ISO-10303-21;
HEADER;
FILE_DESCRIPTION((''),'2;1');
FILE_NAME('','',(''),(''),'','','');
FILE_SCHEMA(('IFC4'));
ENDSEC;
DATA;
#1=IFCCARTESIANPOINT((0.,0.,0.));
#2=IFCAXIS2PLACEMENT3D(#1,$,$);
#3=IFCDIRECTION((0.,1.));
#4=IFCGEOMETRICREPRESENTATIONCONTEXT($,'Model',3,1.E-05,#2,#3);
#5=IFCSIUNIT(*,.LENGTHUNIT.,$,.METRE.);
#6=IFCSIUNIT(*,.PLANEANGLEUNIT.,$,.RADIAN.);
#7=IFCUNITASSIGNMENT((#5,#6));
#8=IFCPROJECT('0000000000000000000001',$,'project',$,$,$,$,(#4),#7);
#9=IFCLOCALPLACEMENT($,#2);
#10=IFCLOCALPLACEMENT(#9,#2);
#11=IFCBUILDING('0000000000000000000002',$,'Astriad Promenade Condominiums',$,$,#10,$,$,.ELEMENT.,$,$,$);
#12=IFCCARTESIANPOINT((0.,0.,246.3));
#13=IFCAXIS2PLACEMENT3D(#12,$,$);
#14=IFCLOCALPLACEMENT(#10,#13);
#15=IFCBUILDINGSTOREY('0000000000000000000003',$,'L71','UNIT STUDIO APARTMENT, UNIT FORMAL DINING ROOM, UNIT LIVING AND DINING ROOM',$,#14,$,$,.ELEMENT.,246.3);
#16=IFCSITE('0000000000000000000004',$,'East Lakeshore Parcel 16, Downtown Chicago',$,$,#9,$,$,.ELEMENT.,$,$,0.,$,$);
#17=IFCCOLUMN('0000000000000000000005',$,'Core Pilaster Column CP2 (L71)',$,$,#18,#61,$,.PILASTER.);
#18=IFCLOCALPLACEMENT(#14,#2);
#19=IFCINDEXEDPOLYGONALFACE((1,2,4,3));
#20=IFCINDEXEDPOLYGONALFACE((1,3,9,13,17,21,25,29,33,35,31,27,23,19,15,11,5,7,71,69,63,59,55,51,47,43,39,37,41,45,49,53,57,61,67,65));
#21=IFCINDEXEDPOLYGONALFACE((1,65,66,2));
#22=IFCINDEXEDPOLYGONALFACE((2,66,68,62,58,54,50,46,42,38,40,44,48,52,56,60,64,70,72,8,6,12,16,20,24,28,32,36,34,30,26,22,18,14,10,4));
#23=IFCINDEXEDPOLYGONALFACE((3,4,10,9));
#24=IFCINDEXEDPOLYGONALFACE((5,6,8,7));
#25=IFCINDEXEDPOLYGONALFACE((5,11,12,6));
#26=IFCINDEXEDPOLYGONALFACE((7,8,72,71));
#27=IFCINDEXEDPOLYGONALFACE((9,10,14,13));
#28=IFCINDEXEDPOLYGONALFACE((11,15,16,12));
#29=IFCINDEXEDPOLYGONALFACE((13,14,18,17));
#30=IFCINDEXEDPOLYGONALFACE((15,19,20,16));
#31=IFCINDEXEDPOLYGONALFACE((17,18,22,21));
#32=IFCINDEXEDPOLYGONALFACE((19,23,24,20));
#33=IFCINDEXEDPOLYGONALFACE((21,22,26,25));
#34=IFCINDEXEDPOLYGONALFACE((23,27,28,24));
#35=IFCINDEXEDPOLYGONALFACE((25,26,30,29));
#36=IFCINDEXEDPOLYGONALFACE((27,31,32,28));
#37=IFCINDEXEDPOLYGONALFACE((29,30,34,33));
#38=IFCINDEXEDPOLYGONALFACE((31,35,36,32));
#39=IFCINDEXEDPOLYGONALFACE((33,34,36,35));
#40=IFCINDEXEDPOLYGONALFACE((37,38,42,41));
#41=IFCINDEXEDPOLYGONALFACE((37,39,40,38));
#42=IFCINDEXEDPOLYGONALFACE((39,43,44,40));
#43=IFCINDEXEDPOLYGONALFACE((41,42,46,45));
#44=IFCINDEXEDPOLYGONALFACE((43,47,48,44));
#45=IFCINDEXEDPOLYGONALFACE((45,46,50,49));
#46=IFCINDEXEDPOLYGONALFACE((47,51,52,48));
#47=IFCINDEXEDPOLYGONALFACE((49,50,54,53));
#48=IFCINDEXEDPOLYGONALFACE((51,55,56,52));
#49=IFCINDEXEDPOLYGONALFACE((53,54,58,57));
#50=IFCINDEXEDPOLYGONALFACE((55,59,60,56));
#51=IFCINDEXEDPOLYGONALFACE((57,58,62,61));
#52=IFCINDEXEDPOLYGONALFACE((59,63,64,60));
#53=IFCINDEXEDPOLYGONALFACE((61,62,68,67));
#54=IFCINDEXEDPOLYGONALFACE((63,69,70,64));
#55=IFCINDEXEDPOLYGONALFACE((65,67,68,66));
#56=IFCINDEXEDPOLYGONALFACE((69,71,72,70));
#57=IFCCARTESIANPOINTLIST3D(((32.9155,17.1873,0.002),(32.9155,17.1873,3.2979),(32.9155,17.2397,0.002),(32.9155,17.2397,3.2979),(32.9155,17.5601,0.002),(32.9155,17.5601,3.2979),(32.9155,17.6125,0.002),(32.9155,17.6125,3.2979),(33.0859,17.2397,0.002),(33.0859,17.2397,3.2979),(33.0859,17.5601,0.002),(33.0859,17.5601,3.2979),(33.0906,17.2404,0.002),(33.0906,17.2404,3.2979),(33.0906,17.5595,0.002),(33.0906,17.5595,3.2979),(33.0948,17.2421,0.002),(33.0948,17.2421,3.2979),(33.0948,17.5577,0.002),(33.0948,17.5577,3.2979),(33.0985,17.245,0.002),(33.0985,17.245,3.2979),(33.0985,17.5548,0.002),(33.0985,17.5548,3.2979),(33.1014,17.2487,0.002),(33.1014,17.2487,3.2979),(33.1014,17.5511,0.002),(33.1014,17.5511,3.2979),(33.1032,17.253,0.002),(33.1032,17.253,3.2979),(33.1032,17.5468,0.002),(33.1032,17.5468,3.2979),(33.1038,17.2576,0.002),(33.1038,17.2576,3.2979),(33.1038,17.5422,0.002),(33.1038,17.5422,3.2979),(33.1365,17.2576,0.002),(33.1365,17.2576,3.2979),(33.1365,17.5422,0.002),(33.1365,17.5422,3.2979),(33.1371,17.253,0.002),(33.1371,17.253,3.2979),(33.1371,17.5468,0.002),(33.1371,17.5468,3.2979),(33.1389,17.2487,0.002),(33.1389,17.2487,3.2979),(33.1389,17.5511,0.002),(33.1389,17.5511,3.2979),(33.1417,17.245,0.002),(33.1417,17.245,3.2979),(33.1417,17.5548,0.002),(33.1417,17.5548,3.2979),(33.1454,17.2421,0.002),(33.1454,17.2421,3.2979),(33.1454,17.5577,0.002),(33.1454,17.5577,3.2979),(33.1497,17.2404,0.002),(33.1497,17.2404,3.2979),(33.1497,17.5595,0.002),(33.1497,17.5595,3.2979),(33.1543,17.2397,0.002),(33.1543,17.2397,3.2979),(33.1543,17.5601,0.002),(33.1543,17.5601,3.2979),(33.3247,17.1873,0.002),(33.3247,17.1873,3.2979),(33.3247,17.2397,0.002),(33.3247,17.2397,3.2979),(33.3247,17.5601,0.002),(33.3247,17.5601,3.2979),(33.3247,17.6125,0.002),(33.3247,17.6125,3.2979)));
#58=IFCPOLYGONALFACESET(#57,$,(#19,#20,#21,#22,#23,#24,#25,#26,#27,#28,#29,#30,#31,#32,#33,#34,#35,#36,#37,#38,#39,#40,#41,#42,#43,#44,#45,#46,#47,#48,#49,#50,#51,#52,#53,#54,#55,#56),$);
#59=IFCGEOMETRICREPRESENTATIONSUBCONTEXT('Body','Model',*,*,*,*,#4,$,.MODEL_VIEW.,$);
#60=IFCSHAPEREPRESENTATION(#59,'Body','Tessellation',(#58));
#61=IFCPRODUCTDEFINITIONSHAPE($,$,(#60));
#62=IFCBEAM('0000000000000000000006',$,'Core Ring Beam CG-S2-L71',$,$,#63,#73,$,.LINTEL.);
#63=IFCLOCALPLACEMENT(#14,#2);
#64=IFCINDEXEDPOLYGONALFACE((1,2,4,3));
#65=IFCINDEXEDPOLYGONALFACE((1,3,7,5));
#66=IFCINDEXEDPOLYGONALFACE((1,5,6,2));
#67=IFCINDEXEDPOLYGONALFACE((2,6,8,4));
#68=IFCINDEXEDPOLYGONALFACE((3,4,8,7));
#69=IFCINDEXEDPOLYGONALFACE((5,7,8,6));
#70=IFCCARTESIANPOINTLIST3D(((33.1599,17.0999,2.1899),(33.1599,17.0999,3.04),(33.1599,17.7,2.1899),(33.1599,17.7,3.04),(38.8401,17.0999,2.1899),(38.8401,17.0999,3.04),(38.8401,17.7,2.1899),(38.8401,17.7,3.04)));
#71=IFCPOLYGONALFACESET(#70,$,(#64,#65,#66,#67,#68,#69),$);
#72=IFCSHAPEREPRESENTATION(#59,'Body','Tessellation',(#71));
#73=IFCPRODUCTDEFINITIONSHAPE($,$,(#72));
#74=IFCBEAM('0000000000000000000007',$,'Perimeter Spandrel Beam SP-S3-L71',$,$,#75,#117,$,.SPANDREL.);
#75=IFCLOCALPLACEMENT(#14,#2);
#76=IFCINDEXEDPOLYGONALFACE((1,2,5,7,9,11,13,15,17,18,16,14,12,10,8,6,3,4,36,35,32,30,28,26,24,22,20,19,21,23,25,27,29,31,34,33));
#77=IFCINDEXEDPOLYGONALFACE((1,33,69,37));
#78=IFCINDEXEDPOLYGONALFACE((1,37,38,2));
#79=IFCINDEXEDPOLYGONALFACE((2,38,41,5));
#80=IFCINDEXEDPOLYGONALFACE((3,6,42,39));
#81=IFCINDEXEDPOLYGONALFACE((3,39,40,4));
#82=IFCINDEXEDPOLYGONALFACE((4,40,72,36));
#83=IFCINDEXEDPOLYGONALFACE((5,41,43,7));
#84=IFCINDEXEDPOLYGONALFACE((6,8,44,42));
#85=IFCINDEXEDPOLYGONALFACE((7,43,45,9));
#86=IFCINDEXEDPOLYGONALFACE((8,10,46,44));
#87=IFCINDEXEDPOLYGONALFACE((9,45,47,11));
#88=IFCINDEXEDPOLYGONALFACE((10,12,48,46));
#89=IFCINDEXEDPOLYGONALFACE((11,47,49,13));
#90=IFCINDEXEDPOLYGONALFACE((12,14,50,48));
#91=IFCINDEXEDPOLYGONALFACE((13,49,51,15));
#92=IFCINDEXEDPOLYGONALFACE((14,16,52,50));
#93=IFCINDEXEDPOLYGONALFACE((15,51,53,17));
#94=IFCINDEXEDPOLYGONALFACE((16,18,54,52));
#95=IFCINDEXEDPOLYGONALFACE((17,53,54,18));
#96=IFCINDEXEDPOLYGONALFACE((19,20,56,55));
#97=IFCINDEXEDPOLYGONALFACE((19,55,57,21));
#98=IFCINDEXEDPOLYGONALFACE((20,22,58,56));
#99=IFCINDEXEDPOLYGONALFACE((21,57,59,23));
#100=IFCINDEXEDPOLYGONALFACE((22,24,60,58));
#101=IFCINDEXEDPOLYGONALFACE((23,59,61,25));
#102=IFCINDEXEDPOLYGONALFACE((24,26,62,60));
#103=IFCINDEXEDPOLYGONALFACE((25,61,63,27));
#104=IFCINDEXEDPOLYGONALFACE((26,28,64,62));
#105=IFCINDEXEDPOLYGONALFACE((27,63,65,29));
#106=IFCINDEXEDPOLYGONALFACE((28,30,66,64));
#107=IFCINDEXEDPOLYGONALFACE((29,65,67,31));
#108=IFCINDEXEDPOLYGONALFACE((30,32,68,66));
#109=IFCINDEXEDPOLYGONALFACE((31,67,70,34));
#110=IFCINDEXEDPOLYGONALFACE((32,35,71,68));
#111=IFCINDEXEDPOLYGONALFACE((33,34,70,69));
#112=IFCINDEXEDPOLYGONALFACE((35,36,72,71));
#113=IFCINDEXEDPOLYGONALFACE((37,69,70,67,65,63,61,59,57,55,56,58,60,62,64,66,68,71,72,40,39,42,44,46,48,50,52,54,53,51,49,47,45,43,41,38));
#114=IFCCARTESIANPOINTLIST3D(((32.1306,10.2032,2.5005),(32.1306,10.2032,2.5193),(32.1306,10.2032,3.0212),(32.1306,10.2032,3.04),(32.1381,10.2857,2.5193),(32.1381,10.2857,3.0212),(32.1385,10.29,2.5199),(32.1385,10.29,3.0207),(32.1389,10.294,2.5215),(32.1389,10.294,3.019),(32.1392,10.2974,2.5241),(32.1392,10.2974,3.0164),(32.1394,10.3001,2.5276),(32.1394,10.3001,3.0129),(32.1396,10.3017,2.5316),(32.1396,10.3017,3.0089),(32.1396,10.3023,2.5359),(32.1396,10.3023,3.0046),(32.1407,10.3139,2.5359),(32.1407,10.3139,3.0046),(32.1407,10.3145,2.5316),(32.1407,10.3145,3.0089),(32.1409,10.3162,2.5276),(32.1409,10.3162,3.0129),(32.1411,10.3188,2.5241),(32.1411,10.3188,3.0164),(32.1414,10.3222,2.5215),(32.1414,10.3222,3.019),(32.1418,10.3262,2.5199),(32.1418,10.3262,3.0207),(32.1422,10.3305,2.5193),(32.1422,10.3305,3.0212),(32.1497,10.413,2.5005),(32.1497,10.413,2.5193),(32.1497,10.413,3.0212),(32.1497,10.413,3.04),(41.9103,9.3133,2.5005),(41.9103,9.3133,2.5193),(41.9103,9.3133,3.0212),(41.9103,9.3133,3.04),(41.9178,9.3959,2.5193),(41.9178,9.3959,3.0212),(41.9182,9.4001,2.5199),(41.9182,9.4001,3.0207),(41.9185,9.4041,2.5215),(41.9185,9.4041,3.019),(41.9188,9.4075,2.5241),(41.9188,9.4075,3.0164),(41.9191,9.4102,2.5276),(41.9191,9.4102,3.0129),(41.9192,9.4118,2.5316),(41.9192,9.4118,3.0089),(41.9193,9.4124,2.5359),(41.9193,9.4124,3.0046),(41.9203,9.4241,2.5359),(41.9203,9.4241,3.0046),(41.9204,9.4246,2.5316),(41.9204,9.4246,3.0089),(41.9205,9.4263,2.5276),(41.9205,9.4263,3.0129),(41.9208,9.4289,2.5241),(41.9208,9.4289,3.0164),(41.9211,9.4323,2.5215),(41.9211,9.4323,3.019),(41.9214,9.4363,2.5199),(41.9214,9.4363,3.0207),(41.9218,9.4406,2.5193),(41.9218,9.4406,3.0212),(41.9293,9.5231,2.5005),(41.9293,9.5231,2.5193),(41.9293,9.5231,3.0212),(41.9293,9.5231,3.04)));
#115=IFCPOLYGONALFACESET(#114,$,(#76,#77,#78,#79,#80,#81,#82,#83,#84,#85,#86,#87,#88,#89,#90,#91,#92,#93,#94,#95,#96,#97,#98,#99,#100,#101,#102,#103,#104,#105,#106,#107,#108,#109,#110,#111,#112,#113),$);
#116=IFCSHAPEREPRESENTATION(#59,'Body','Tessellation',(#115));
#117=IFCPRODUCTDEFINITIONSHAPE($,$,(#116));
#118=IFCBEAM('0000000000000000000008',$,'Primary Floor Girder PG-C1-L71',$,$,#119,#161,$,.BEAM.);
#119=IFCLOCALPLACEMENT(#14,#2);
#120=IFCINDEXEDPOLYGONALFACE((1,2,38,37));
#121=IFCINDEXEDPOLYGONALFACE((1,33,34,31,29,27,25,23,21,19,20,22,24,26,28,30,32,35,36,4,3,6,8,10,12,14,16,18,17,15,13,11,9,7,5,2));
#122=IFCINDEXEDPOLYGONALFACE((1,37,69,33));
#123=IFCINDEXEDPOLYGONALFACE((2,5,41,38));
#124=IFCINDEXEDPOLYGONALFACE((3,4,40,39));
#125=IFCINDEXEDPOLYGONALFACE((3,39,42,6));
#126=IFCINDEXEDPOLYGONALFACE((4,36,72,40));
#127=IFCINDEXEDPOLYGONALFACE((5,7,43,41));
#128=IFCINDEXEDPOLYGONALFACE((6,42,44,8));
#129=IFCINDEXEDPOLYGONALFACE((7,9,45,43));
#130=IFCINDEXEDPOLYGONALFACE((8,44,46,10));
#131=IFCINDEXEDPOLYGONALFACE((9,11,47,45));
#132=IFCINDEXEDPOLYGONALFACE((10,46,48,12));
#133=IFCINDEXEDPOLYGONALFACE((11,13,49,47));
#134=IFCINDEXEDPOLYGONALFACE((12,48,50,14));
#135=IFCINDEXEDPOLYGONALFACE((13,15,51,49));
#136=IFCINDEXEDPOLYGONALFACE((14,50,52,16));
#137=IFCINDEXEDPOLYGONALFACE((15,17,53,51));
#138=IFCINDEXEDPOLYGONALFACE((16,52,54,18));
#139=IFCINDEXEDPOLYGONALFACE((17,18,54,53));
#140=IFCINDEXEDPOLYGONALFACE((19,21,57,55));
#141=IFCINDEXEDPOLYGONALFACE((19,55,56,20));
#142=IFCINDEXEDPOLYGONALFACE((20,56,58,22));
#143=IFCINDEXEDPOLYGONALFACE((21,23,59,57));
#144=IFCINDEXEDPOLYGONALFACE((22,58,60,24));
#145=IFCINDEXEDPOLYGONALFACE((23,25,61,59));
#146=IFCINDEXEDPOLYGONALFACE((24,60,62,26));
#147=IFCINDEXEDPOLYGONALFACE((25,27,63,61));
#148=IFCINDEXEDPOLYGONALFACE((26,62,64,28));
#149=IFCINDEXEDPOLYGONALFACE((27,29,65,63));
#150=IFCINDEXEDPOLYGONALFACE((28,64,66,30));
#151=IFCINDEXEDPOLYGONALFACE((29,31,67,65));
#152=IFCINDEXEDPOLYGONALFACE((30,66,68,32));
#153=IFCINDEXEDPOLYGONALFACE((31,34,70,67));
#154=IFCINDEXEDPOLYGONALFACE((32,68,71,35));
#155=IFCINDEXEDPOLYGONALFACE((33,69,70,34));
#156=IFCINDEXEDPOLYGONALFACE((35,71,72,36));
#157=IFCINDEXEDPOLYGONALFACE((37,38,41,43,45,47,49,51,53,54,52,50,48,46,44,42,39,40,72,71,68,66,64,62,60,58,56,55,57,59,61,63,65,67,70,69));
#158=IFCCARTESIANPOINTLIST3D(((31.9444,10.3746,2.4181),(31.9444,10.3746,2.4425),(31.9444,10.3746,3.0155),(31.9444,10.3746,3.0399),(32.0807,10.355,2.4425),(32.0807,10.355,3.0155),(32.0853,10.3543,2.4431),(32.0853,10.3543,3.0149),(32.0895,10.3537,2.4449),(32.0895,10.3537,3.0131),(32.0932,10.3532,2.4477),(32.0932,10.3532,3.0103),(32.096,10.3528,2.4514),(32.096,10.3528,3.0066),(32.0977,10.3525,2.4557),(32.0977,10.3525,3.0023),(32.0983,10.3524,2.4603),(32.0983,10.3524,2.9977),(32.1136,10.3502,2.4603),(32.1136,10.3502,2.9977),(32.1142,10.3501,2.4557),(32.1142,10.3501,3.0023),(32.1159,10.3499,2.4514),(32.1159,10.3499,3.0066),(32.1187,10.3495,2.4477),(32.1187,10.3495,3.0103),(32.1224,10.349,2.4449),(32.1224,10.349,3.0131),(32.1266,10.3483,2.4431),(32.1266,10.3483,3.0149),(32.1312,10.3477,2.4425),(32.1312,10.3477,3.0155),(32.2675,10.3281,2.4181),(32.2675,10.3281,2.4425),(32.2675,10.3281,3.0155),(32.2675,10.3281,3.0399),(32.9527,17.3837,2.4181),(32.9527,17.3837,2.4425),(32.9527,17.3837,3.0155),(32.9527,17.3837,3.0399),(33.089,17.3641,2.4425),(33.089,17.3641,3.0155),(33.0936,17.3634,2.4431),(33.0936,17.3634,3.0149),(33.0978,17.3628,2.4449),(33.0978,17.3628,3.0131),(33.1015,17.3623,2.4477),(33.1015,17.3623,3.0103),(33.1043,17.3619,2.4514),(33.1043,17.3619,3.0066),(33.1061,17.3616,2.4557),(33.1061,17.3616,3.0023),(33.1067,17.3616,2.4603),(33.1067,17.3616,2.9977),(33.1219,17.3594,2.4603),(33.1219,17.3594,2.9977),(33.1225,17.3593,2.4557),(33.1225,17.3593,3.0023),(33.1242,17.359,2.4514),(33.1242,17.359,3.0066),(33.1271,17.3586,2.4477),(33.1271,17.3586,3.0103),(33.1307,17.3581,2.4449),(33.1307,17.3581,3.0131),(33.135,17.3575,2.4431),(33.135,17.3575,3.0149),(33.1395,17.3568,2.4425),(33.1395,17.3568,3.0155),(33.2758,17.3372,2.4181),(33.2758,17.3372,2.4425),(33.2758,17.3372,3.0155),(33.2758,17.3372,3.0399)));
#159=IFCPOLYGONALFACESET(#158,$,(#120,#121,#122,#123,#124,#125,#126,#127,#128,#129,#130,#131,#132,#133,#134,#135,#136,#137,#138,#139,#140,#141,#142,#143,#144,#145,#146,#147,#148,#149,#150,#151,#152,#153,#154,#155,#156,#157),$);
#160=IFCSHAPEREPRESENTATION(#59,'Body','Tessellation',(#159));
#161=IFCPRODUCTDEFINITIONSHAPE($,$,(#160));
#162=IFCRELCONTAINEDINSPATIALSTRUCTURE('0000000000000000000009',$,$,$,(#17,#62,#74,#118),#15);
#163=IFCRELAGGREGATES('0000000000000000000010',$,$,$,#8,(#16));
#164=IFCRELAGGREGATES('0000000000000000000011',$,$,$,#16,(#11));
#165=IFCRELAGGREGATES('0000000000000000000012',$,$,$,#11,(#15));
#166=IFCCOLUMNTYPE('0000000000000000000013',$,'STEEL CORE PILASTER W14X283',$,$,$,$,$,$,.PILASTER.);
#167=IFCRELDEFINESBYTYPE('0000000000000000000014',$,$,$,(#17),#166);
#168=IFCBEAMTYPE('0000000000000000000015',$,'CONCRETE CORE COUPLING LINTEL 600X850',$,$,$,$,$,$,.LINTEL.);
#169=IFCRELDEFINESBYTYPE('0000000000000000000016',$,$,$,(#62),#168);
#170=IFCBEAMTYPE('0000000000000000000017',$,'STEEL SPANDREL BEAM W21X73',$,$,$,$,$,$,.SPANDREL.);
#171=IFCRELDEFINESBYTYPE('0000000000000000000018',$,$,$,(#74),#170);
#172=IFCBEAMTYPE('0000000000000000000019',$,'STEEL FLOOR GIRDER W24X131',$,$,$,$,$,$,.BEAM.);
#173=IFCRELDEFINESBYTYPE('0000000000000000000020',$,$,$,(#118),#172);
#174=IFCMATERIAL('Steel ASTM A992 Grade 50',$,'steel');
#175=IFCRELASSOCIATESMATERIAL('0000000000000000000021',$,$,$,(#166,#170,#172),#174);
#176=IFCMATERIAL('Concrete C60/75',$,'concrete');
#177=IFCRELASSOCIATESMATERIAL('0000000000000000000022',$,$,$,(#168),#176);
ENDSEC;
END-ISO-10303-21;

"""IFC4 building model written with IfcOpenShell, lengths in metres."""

from ifc_helpers import new_model, si_unit, direction, frame, origin, origin_2d, place, context, subcontext, project, spatial, rectangle, i_section, extrude, source, transform, mapped, material, material_profile, profile_set, type_object, type_shapes, element, save


model = new_model("IFC4")

# Units and contexts
model_context = context("Model", 3, precision=1e-05, world=origin(), true_north=direction((0.0, 1.0)))
body_context = subcontext(model_context, "Body", "Model", "MODEL_VIEW")
ifc_project = project(units=[si_unit("LENGTHUNIT", "METRE"), si_unit("PLANEANGLEUNIT", "RADIAN")], contexts=[model_context])

# Site, building, storey
site_placement = place(None, origin())
site = spatial("IfcSite", under=ifc_project, at=site_placement, Name="East Lakeshore Parcel 16, Downtown Chicago", CompositionType="ELEMENT", RefElevation=0.0)
building_placement = place(site_placement, origin())
building = spatial("IfcBuilding", under=site, at=building_placement, Name="Astriad Promenade Condominiums", CompositionType="ELEMENT")
storey_placement = place(building_placement, frame((0.0, 0.0, 246.3)))
storey = spatial("IfcBuildingStorey", under=building, at=storey_placement, Name="L71", Description="UNIT STUDIO APARTMENT, UNIT FORMAL DINING ROOM, UNIT LIVING AND DINING ROOM", CompositionType="ELEMENT", Elevation=246.3)

# Column
ifc_material_1 = material(Name="Steel ASTM A992 Grade 50", Category="steel")
ifc_material_profile_1 = material_profile(ifc_material_1, i_section(OverallWidth=0.4092, OverallDepth=0.4253, WebThickness=0.0327, FlangeThickness=0.0525, FilletRadius=0.0178, at=origin_2d()), Name="W14X283")
ifc_profile_set_1 = profile_set([ifc_material_profile_1], Name="Steel ASTM A992 Grade 50")
column_type = type_object("IfcColumnType", Name="STEEL CORE PILASTER W14X283", PredefinedType="PILASTER", material=ifc_profile_set_1)
shared_shape_1 = source(origin(), body_context, "Body", "SweptSolid", [
    extrude(i_section(OverallWidth=0.4092, OverallDepth=0.4253, WebThickness=0.0327, FlangeThickness=0.0525, FilletRadius=0.0178, at=origin_2d()), origin(), (0.0, 0.0, 1.0), 3.2959),
])
type_shapes(column_type, [shared_shape_1])
column_placement = place(storey_placement, frame((33.1201, 17.3999, 0.002), z_axis=(0.0, 0.0, 1.0), x_axis=(1.0, 0.0, 0.0)))
element("IfcColumn", 1, at=column_placement, inside=storey, type_object=column_type, Name="Core Pilaster Column CP2 (L71)", PredefinedType="PILASTER", context=body_context, shape_type="MappedRepresentation", body=[
    mapped(shared_shape_1, transform((0.0, 0.0, 0.0), scale=1.0)),
])

# Beams
ifc_material_2 = material(Name="Concrete C60/75", Category="concrete")
ifc_material_profile_2 = material_profile(ifc_material_2, rectangle(XDim=0.6001, YDim=0.8501, at=origin_2d()), Name="RC-BM-600X850")
ifc_profile_set_2 = profile_set([ifc_material_profile_2], Name="Concrete C60/75")
beam_type_1 = type_object("IfcBeamType", Name="CONCRETE CORE COUPLING LINTEL 600X850", PredefinedType="LINTEL", material=ifc_profile_set_2)
shared_shape_2 = source(origin(), body_context, "Body", "SweptSolid", [
    extrude(rectangle(XDim=0.6001, YDim=0.8501, at=origin_2d()), origin(), (0.0, 0.0, 1.0), 5.6802),
])
type_shapes(beam_type_1, [shared_shape_2])
beam_1_placement = place(storey_placement, frame((33.1599, 17.3999, 2.615), z_axis=(1.0, 0.0, 0.0), x_axis=(0.0, 1.0, 0.0)))
element("IfcBeam", 2, at=beam_1_placement, inside=storey, type_object=beam_type_1, Name="Core Ring Beam CG-S2-L71", PredefinedType="LINTEL", context=body_context, shape_type="MappedRepresentation", body=[
    mapped(shared_shape_2, transform((0.0, 0.0, 0.0), scale=1.0)),
])
ifc_material_profile_3 = material_profile(ifc_material_1, i_section(OverallWidth=0.2107, OverallDepth=0.5396, WebThickness=0.0117, FlangeThickness=0.0188, FilletRadius=0.0166, at=origin_2d()), Name="W21X73")
ifc_profile_set_3 = profile_set([ifc_material_profile_3], Name="Steel ASTM A992 Grade 50")
beam_type_2 = type_object("IfcBeamType", Name="STEEL SPANDREL BEAM W21X73", PredefinedType="SPANDREL", material=ifc_profile_set_3)
shared_shape_3 = source(origin(), body_context, "Body", "SweptSolid", [
    extrude(i_section(OverallWidth=0.2107, OverallDepth=0.5396, WebThickness=0.0117, FlangeThickness=0.0188, FilletRadius=0.0166, at=origin_2d()), origin(), (0.0, 0.0, 1.0), 9.8201),
])
type_shapes(beam_type_2, [shared_shape_3])
beam_2_placement = place(storey_placement, frame((32.1401, 10.3081, 2.7703), z_axis=(0.995886, -0.090619, 0.0), x_axis=(0.090619, 0.995886, 0.0)))
element("IfcBeam", 3, at=beam_2_placement, inside=storey, type_object=beam_type_2, Name="Perimeter Spandrel Beam SP-S3-L71", PredefinedType="SPANDREL", context=body_context, shape_type="MappedRepresentation", body=[
    mapped(shared_shape_3, transform((0.0, 0.0, 0.0), scale=1.0)),
])
ifc_material_profile_4 = material_profile(ifc_material_1, i_section(OverallWidth=0.3264, OverallDepth=0.6218, WebThickness=0.0154, FlangeThickness=0.0244, FilletRadius=0.0178, at=origin_2d()), Name="W24X131")
ifc_profile_set_4 = profile_set([ifc_material_profile_4], Name="Steel ASTM A992 Grade 50")
beam_type_3 = type_object("IfcBeamType", Name="STEEL FLOOR GIRDER W24X131", PredefinedType="BEAM", material=ifc_profile_set_4)
shared_shape_4 = source(origin(), body_context, "Body", "SweptSolid", [
    extrude(i_section(OverallWidth=0.3264, OverallDepth=0.6218, WebThickness=0.0154, FlangeThickness=0.0244, FilletRadius=0.0178, at=origin_2d()), origin(), (0.0, 0.0, 1.0), 7.0813),
])
beam_3_placement = place(storey_placement, frame((32.106, 10.3513, 2.729), z_axis=(0.142391, 0.98981, 0.0), x_axis=(-0.98981, 0.142391, 0.0)))
element("IfcBeam", 4, at=beam_3_placement, inside=storey, type_object=beam_type_3, Name="Primary Floor Girder PG-C1-L71", PredefinedType="BEAM", context=body_context, shape_type="MappedRepresentation", body=[
    mapped(shared_shape_4, transform((0.0, 0.0, 0.0), scale=1.0)),
])

save(model, "model.ifc")
